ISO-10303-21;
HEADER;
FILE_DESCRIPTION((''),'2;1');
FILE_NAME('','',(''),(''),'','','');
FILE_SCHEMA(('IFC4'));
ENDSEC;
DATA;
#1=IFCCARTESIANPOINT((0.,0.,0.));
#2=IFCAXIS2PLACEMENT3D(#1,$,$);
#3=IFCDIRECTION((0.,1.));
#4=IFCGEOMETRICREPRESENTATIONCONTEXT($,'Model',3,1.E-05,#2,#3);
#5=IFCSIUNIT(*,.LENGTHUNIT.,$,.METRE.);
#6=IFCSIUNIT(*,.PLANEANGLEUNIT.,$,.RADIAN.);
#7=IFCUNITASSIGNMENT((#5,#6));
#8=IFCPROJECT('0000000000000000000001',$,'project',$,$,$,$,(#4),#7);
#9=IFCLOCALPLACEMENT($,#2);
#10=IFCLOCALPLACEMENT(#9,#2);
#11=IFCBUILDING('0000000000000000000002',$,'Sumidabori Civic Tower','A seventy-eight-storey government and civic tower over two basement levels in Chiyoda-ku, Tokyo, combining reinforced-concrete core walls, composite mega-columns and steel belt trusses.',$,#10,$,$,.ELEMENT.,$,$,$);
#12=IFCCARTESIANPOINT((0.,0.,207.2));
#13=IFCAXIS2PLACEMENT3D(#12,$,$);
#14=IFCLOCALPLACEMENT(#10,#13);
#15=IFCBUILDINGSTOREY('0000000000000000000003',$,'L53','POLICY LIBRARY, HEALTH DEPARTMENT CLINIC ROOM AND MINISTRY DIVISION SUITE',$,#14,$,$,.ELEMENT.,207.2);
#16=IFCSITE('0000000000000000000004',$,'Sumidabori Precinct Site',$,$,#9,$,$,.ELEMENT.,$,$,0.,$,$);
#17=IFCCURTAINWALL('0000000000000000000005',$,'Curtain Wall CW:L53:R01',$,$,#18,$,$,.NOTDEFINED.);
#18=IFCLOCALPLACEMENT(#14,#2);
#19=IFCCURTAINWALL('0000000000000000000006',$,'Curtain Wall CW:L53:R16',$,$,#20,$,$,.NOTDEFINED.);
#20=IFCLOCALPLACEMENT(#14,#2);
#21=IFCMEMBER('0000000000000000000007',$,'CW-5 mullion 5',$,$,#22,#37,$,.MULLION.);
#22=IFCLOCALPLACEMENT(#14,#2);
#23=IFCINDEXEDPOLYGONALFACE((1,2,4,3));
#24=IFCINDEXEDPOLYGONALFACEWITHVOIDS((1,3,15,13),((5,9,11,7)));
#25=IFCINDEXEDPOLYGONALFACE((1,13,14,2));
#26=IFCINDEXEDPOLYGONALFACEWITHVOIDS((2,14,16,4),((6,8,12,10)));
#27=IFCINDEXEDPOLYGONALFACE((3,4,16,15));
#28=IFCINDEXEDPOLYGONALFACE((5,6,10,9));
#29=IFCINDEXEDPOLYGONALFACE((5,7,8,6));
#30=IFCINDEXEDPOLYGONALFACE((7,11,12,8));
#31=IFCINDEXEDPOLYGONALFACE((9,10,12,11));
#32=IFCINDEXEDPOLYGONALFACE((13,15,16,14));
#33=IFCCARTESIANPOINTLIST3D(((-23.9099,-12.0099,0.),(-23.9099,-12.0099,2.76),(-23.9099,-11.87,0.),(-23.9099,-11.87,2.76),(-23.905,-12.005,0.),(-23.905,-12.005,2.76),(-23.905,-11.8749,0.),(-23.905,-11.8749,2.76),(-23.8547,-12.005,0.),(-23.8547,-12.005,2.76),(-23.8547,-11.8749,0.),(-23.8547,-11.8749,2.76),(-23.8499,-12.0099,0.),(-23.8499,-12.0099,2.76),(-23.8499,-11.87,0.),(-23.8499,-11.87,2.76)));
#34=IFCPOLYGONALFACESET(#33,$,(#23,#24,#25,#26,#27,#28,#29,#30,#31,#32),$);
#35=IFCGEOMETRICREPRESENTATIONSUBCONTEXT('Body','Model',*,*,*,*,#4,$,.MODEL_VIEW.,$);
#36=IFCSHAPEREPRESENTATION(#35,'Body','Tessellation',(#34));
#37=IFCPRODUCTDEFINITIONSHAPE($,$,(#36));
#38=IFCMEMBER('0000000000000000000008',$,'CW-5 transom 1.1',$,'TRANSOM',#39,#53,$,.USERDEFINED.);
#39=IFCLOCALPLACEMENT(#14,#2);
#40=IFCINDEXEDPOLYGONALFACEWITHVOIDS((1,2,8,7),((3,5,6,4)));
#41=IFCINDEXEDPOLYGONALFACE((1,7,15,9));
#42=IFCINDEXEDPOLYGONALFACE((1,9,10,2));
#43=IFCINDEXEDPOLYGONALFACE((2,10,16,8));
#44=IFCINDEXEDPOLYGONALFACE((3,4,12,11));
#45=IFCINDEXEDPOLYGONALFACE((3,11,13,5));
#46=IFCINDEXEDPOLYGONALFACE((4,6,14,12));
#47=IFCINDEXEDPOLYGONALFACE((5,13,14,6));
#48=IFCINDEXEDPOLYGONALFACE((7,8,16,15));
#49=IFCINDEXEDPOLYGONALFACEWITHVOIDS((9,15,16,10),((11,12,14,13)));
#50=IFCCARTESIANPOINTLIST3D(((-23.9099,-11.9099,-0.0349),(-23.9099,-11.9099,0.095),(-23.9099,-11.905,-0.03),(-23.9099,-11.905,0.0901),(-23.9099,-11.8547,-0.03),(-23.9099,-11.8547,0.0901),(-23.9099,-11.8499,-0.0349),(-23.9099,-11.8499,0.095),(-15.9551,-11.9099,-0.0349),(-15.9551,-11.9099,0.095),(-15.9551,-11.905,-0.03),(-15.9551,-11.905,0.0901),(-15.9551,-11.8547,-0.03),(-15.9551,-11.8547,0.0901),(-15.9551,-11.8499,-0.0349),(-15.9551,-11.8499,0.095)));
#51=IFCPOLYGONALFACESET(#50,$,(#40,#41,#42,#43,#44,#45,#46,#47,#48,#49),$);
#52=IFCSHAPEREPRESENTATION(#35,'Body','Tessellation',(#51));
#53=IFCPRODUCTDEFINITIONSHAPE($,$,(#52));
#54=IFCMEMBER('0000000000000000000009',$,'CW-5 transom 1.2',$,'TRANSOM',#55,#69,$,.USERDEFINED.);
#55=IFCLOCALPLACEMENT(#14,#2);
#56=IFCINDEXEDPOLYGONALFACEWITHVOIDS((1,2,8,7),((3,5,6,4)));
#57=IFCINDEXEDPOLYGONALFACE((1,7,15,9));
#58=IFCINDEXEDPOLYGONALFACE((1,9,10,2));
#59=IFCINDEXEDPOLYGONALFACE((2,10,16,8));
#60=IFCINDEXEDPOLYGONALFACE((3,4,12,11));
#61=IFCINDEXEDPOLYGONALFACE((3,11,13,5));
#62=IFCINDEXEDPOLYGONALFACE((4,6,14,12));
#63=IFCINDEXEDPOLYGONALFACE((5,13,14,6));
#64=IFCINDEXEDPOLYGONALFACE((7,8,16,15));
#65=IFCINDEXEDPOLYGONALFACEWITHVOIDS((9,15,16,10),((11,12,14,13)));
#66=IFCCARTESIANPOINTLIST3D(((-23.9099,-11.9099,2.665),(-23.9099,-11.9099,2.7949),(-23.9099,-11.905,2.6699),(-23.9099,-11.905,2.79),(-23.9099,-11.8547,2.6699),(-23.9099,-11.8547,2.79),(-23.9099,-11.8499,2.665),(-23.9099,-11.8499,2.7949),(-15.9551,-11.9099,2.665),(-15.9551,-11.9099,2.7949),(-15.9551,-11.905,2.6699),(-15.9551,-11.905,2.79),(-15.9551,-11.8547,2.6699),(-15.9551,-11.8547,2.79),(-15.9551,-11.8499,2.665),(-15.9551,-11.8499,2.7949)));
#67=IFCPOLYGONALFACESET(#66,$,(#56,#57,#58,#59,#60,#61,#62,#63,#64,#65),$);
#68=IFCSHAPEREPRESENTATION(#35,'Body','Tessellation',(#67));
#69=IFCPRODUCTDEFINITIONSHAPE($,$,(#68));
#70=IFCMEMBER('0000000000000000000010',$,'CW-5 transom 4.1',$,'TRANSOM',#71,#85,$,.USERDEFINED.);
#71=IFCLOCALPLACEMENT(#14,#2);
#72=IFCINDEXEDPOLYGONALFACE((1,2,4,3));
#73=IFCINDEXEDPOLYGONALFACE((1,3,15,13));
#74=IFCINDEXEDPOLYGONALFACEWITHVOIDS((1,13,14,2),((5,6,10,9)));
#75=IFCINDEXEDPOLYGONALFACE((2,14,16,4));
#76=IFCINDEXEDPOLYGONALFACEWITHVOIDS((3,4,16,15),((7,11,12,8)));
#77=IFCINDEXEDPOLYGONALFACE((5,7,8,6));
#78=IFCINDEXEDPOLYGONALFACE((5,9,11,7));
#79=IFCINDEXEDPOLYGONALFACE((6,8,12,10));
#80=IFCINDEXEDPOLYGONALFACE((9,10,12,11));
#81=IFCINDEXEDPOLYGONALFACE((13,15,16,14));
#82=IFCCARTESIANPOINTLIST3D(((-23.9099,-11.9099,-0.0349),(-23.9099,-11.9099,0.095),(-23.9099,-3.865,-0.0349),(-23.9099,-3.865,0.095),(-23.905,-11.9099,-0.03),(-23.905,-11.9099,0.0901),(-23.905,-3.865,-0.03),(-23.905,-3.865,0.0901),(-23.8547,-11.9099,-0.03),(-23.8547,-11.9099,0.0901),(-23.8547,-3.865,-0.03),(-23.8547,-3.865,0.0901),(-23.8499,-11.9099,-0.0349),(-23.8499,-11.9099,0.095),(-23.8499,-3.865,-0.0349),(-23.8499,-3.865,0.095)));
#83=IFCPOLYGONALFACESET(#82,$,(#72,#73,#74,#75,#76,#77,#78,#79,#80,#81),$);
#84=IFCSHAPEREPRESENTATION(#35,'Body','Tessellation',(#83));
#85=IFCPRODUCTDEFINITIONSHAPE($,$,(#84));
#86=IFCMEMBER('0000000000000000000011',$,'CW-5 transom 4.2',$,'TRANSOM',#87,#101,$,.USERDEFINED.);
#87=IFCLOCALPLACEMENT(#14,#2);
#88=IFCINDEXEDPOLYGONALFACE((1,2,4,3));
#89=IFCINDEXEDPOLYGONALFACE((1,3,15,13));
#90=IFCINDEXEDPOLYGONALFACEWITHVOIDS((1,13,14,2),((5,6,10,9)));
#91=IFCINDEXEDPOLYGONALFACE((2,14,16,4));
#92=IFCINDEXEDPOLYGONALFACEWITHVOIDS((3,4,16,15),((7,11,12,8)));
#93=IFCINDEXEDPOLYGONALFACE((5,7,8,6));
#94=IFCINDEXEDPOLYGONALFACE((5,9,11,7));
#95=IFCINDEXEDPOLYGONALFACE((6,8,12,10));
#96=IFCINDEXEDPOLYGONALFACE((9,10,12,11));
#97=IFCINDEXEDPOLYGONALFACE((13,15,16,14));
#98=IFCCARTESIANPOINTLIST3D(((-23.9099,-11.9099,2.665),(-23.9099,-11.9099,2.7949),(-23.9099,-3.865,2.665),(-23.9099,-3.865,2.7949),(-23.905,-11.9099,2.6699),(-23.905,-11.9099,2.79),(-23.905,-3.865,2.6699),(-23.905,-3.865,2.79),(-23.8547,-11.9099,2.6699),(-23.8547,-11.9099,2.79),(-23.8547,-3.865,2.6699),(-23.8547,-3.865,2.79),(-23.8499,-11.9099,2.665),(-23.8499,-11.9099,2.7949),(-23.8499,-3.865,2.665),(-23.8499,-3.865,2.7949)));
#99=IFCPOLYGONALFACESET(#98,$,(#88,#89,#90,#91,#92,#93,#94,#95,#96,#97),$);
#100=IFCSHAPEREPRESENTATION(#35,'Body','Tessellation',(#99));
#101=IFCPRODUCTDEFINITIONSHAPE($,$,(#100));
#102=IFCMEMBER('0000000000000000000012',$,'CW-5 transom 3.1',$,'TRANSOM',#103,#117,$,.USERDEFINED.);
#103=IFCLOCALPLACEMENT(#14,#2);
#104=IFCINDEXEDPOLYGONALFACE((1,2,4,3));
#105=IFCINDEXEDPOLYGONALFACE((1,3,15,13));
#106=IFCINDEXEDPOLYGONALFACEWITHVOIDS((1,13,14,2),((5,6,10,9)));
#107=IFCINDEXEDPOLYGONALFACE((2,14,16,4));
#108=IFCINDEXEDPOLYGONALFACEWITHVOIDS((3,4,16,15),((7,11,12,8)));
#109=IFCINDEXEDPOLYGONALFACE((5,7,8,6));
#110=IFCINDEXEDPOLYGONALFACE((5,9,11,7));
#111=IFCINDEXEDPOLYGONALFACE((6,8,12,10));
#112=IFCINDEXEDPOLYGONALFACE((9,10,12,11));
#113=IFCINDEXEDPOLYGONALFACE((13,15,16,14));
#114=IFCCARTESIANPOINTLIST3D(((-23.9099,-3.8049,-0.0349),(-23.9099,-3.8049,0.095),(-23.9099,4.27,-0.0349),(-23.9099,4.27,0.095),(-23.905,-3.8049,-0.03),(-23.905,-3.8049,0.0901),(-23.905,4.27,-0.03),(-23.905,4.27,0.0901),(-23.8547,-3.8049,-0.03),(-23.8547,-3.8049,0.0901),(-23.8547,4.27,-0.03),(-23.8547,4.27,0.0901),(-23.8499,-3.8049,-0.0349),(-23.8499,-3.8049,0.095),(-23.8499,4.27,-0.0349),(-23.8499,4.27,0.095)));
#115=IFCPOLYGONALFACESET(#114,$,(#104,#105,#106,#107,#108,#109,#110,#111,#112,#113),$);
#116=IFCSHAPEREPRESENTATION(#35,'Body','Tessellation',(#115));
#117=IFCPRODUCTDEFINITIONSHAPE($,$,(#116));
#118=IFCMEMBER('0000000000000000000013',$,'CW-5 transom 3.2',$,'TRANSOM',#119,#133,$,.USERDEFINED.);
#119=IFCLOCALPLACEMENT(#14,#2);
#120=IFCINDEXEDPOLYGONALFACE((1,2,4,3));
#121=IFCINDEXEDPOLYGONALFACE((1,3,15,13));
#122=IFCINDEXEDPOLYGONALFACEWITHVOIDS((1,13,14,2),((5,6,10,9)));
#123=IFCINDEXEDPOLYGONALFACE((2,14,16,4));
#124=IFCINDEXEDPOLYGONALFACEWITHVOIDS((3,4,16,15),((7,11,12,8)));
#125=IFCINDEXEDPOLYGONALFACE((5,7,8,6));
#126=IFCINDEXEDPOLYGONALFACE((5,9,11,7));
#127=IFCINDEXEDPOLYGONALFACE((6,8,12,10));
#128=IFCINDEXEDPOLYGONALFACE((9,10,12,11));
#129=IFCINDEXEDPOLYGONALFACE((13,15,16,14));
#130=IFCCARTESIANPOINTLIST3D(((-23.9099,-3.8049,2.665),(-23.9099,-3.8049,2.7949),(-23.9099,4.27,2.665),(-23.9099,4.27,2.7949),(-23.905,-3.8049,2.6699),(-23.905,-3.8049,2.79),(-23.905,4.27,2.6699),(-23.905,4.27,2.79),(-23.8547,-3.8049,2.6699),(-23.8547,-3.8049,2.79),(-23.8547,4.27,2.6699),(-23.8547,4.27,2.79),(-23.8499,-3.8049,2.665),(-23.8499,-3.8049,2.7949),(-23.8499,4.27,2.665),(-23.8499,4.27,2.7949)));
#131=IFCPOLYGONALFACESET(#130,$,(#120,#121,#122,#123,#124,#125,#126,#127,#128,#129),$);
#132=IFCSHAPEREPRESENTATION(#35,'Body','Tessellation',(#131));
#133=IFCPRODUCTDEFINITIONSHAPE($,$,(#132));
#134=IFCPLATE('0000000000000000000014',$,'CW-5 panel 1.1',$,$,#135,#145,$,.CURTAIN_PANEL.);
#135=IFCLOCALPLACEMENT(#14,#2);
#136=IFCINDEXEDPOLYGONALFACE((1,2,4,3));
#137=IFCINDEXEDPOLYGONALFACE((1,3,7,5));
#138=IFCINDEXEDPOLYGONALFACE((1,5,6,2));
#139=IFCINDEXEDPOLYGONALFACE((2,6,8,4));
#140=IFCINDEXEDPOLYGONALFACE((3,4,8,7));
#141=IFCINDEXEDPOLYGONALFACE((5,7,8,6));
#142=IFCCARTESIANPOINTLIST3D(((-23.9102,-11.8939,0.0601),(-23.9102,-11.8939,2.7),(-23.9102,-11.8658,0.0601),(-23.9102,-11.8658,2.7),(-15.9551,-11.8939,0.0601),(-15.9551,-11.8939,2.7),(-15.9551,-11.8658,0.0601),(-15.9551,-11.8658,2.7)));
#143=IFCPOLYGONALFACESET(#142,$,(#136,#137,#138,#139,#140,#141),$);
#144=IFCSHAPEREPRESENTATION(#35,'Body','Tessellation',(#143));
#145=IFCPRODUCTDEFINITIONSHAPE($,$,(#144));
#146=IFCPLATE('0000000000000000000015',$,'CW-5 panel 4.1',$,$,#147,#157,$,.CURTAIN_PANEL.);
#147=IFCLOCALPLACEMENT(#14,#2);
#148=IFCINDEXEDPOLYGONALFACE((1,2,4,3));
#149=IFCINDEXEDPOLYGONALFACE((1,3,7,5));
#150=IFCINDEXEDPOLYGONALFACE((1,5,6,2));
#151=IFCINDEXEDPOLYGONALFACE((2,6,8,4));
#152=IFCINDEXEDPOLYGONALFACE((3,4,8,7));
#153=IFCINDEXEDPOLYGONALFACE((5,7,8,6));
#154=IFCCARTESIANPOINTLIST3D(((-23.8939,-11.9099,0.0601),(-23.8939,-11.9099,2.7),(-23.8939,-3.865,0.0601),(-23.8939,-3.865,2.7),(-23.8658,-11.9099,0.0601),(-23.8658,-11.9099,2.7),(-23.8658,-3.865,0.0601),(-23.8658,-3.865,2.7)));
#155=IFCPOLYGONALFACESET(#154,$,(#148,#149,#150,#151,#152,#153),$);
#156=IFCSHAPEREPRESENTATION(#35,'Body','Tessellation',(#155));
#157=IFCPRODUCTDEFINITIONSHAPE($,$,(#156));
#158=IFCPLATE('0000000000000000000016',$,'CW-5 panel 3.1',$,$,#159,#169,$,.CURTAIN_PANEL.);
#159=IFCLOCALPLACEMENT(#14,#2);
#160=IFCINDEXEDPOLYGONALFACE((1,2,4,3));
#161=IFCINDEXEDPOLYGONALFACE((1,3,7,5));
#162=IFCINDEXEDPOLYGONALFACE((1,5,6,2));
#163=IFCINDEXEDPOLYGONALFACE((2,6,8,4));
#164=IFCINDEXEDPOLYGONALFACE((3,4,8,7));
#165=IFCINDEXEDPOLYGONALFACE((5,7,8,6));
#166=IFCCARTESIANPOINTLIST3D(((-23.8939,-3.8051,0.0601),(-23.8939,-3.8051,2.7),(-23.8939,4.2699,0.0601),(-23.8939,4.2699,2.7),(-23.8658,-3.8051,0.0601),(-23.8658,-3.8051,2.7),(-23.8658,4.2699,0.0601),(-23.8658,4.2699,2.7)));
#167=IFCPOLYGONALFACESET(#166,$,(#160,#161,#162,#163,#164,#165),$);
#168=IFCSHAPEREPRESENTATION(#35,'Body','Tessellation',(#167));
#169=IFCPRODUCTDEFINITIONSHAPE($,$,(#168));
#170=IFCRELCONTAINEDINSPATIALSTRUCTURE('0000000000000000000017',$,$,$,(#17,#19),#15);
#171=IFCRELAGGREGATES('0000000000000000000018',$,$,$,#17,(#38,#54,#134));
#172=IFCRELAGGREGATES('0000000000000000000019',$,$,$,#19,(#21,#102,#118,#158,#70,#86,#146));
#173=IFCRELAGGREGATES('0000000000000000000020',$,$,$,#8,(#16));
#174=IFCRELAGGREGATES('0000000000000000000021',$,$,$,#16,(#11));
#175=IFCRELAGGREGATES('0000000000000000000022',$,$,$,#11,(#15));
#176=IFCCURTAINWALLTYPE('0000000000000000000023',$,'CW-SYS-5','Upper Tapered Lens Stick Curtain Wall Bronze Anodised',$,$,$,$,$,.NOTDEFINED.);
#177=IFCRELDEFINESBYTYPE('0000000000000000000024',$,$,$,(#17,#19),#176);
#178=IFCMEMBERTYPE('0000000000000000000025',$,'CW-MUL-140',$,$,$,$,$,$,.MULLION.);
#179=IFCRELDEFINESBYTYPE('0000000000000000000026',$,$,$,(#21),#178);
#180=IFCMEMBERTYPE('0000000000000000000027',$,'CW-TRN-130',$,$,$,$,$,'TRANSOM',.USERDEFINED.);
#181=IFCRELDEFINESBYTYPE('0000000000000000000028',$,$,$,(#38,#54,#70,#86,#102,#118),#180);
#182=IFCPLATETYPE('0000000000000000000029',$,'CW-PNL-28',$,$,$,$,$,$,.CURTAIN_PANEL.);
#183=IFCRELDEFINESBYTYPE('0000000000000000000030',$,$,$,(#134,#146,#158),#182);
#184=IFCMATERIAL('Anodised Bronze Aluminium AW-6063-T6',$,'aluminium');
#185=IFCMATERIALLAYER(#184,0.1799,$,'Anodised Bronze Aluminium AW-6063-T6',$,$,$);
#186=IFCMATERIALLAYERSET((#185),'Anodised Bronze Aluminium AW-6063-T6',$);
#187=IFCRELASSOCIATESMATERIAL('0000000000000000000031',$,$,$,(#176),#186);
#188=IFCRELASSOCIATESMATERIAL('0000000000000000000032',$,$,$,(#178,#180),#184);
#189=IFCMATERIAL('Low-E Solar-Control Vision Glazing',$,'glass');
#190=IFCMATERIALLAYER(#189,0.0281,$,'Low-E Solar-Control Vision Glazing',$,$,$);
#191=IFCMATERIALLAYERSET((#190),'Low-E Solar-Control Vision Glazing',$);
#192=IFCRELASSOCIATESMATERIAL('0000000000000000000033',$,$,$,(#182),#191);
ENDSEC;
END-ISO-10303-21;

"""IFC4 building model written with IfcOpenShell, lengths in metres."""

from ifc_helpers import new_model, si_unit, direction, frame, origin, origin_2d, place, context, subcontext, project, spatial, rectangle, hollow_rectangle, extrude, source, transform, mapped, material, layer, layer_set, material_profile, profile_set, type_object, element, aggregate, save


model = new_model("IFC4")

# Units and contexts
model_context = context("Model", 3, precision=1e-05, world=origin(), true_north=direction((0.0, 1.0)))
body_context = subcontext(model_context, "Body", "Model", "MODEL_VIEW")
ifc_project = project(units=[si_unit("LENGTHUNIT", "METRE"), si_unit("PLANEANGLEUNIT", "RADIAN")], contexts=[model_context])

# Site, building, storey
site_placement = place(None, origin())
site = spatial("IfcSite", under=ifc_project, at=site_placement, Name="Sumidabori Precinct Site", CompositionType="ELEMENT", RefElevation=0.0)
building_placement = place(site_placement, origin())
building = spatial("IfcBuilding", under=site, at=building_placement, Name="Sumidabori Civic Tower", Description="A seventy-eight-storey government and civic tower over two basement levels in Chiyoda-ku, Tokyo, combining reinforced-concrete core walls, composite mega-columns and steel belt trusses.", CompositionType="ELEMENT")
storey_placement = place(building_placement, frame((0.0, 0.0, 207.2)))
storey = spatial("IfcBuildingStorey", under=building, at=storey_placement, Name="L53", Description="POLICY LIBRARY, HEALTH DEPARTMENT CLINIC ROOM AND MINISTRY DIVISION SUITE", CompositionType="ELEMENT", Elevation=207.2)

# Curtain wall
ifc_material_1 = material(Name="Anodised Bronze Aluminium AW-6063-T6", Category="aluminium")
ifc_layer_1 = layer(ifc_material_1, 0.1799, Name="Anodised Bronze Aluminium AW-6063-T6")
ifc_layer_set_1 = layer_set([ifc_layer_1], Name="Anodised Bronze Aluminium AW-6063-T6")
curtain_wall_type = type_object("IfcCurtainWallType", Name="CW-SYS-5", Description="Upper Tapered Lens Stick Curtain Wall Bronze Anodised", PredefinedType="NOTDEFINED", material=ifc_layer_set_1)
curtain_wall_1_placement = place(storey_placement, origin())
curtain_wall_1 = element("IfcCurtainWall", 1, at=curtain_wall_1_placement, inside=storey, type_object=curtain_wall_type, Name="Curtain Wall CW:L53:R01", PredefinedType="NOTDEFINED")
ifc_material_profile_1 = material_profile(ifc_material_1, hollow_rectangle(XDim=0.0601, YDim=0.1399, WallThickness=0.0049, at=origin_2d()), Name="ALU MULLION 140x60")
ifc_profile_set_1 = profile_set([ifc_material_profile_1], Name="Anodised Bronze Aluminium AW-6063-T6")
member_type_1 = type_object("IfcMemberType", Name="CW-MUL-140", PredefinedType="MULLION", material=ifc_profile_set_1)
shared_shape_1 = source(origin(), body_context, "Body", "SweptSolid", [
    extrude(hollow_rectangle(XDim=0.0601, YDim=0.1399, WallThickness=0.0049, at=origin_2d()), origin(), (0.0, 0.0, 1.0), 2.76),
])

# Curtain wall, member
curtain_wall_2_placement = place(storey_placement, origin())
curtain_wall_2 = element("IfcCurtainWall", 2, at=curtain_wall_2_placement, inside=storey, type_object=curtain_wall_type, Name="Curtain Wall CW:L53:R16", PredefinedType="NOTDEFINED")
member_1_placement = place(storey_placement, frame((-23.8799, -11.9399, 0.0), z_axis=(0.0, 0.0, 1.0), x_axis=(1.0, 0.0, 0.0)))
member_1 = element("IfcMember", 3, at=member_1_placement, type_object=member_type_1, Name="CW-5 mullion 5", PredefinedType="MULLION", context=body_context, shape_type="MappedRepresentation", body=[
    mapped(shared_shape_1, transform((0.0, 0.0, 0.0), x_axis=(1.0, 0.0, 0.0), y_axis=(0.0, 1.0, 0.0), z_axis=(0.0, 0.0, 1.0), scale=1.0)),
])

# Members
ifc_material_profile_2 = material_profile(ifc_material_1, hollow_rectangle(XDim=0.0601, YDim=0.1299, WallThickness=0.0049, at=origin_2d()), Name="ALU TRANSOM 130x60")
ifc_profile_set_2 = profile_set([ifc_material_profile_2], Name="Anodised Bronze Aluminium AW-6063-T6")
member_type_2 = type_object("IfcMemberType", Name="CW-TRN-130", ElementType="TRANSOM", PredefinedType="USERDEFINED", material=ifc_profile_set_2)
shared_shape_2 = source(origin(), body_context, "Body", "SweptSolid", [
    extrude(hollow_rectangle(XDim=0.0601, YDim=0.1299, WallThickness=0.0049, at=origin_2d()), origin(), (0.0, 0.0, 1.0), 7.9548),
])
member_2_placement = place(storey_placement, frame((-23.9099, -11.8799, 0.03), z_axis=(1.0, 0.0, 0.0), x_axis=(0.0, 1.0, 0.0)))
member_2 = element("IfcMember", 4, at=member_2_placement, type_object=member_type_2, Name="CW-5 transom 1.1", ObjectType="TRANSOM", PredefinedType="USERDEFINED", context=body_context, shape_type="MappedRepresentation", body=[
    mapped(shared_shape_2, transform((0.0, 0.0, 0.0), x_axis=(1.0, 0.0, 0.0), y_axis=(0.0, 1.0, 0.0), z_axis=(0.0, 0.0, 1.0), scale=1.0)),
])
member_3_placement = place(storey_placement, frame((-23.9099, -11.8799, 2.73), z_axis=(1.0, 0.0, 0.0), x_axis=(0.0, 1.0, 0.0)))
member_3 = element("IfcMember", 5, at=member_3_placement, type_object=member_type_2, Name="CW-5 transom 1.2", ObjectType="TRANSOM", PredefinedType="USERDEFINED", context=body_context, shape_type="MappedRepresentation", body=[
    mapped(shared_shape_2, transform((0.0, 0.0, 0.0), x_axis=(1.0, 0.0, 0.0), y_axis=(0.0, 1.0, 0.0), z_axis=(0.0, 0.0, 1.0), scale=1.0)),
])
shared_shape_3 = source(origin(), body_context, "Body", "SweptSolid", [
    extrude(hollow_rectangle(XDim=0.0601, YDim=0.1299, WallThickness=0.0049, at=origin_2d()), origin(), (0.0, 0.0, 1.0), 8.0449),
])
member_4_placement = place(storey_placement, frame((-23.8799, -3.865, 0.03), z_axis=(0.0, -1.0, 0.0), x_axis=(1.0, 0.0, 0.0)))
member_4 = element("IfcMember", 6, at=member_4_placement, type_object=member_type_2, Name="CW-5 transom 4.1", ObjectType="TRANSOM", PredefinedType="USERDEFINED", context=body_context, shape_type="MappedRepresentation", body=[
    mapped(shared_shape_3, transform((0.0, 0.0, 0.0), x_axis=(1.0, 0.0, 0.0), y_axis=(0.0, 1.0, 0.0), z_axis=(0.0, 0.0, 1.0), scale=1.0)),
])
member_5_placement = place(storey_placement, frame((-23.8799, -3.865, 2.73), z_axis=(0.0, -1.0, 0.0), x_axis=(1.0, 0.0, 0.0)))
member_5 = element("IfcMember", 7, at=member_5_placement, type_object=member_type_2, Name="CW-5 transom 4.2", ObjectType="TRANSOM", PredefinedType="USERDEFINED", context=body_context, shape_type="MappedRepresentation", body=[
    mapped(shared_shape_3, transform((0.0, 0.0, 0.0), x_axis=(1.0, 0.0, 0.0), y_axis=(0.0, 1.0, 0.0), z_axis=(0.0, 0.0, 1.0), scale=1.0)),
])
shared_shape_4 = source(origin(), body_context, "Body", "SweptSolid", [
    extrude(hollow_rectangle(XDim=0.0601, YDim=0.1299, WallThickness=0.0049, at=origin_2d()), origin(), (0.0, 0.0, 1.0), 8.075),
])
member_6_placement = place(storey_placement, frame((-23.8799, 4.27, 0.03), z_axis=(0.0, -1.0, 0.0), x_axis=(1.0, 0.0, 0.0)))
member_6 = element("IfcMember", 8, at=member_6_placement, type_object=member_type_2, Name="CW-5 transom 3.1", ObjectType="TRANSOM", PredefinedType="USERDEFINED", context=body_context, shape_type="MappedRepresentation", body=[
    mapped(shared_shape_4, transform((0.0, 0.0, 0.0), x_axis=(1.0, 0.0, 0.0), y_axis=(0.0, 1.0, 0.0), z_axis=(0.0, 0.0, 1.0), scale=1.0)),
])
member_7_placement = place(storey_placement, frame((-23.8799, 4.27, 2.73), z_axis=(0.0, -1.0, 0.0), x_axis=(1.0, 0.0, 0.0)))
member_7 = element("IfcMember", 9, at=member_7_placement, type_object=member_type_2, Name="CW-5 transom 3.2", ObjectType="TRANSOM", PredefinedType="USERDEFINED", context=body_context, shape_type="MappedRepresentation", body=[
    mapped(shared_shape_4, transform((0.0, 0.0, 0.0), x_axis=(1.0, 0.0, 0.0), y_axis=(0.0, 1.0, 0.0), z_axis=(0.0, 0.0, 1.0), scale=1.0)),
])

# Plates
ifc_material_2 = material(Name="Low-E Solar-Control Vision Glazing", Category="glass")
ifc_layer_2 = layer(ifc_material_2, 0.0281, Name="Low-E Solar-Control Vision Glazing")
ifc_layer_set_2 = layer_set([ifc_layer_2], Name="Low-E Solar-Control Vision Glazing")
plate_type = type_object("IfcPlateType", Name="CW-PNL-28", PredefinedType="CURTAIN_PANEL", material=ifc_layer_set_2)
shared_shape_5 = source(origin(), body_context, "Body", "SweptSolid", [
    extrude(rectangle(XDim=7.9551, YDim=0.0281, at=origin_2d()), origin(), (0.0, 0.0, 1.0), 2.6399),
])
plate_1_placement = place(storey_placement, frame((-19.9326, -11.8799, 0.0601), z_axis=(0.0, 0.0, 1.0), x_axis=(1.0, 0.0, 0.0)))
plate_1 = element("IfcPlate", 10, at=plate_1_placement, type_object=plate_type, Name="CW-5 panel 1.1", PredefinedType="CURTAIN_PANEL", context=body_context, shape_type="MappedRepresentation", body=[
    mapped(shared_shape_5, transform((0.0, 0.0, 0.0), x_axis=(1.0, 0.0, 0.0), y_axis=(0.0, 1.0, 0.0), z_axis=(0.0, 0.0, 1.0), scale=1.0)),
])
aggregate(curtain_wall_1, [member_2, member_3, plate_1])
shared_shape_6 = source(origin(), body_context, "Body", "SweptSolid", [
    extrude(rectangle(XDim=8.0449, YDim=0.0281, at=origin_2d()), origin(), (0.0, 0.0, 1.0), 2.6399),
])
plate_2_placement = place(storey_placement, frame((-23.8799, -7.8875, 0.0601), z_axis=(0.0, 0.0, 1.0), x_axis=(0.0, -1.0, 0.0)))
plate_2 = element("IfcPlate", 11, at=plate_2_placement, type_object=plate_type, Name="CW-5 panel 4.1", PredefinedType="CURTAIN_PANEL", context=body_context, shape_type="MappedRepresentation", body=[
    mapped(shared_shape_6, transform((0.0, 0.0, 0.0), x_axis=(1.0, 0.0, 0.0), y_axis=(0.0, 1.0, 0.0), z_axis=(0.0, 0.0, 1.0), scale=1.0)),
])
shared_shape_7 = source(origin(), body_context, "Body", "SweptSolid", [
    extrude(rectangle(XDim=8.075, YDim=0.0281, at=origin_2d()), origin(), (0.0, 0.0, 1.0), 2.6399),
])
plate_3_placement = place(storey_placement, frame((-23.8799, 0.2324, 0.0601), z_axis=(0.0, 0.0, 1.0), x_axis=(0.0, -1.0, 0.0)))
plate_3 = element("IfcPlate", 12, at=plate_3_placement, type_object=plate_type, Name="CW-5 panel 3.1", PredefinedType="CURTAIN_PANEL", context=body_context, shape_type="MappedRepresentation", body=[
    mapped(shared_shape_7, transform((0.0, 0.0, 0.0), x_axis=(1.0, 0.0, 0.0), y_axis=(0.0, 1.0, 0.0), z_axis=(0.0, 0.0, 1.0), scale=1.0)),
])
aggregate(curtain_wall_2, [member_1, member_6, member_7, plate_3, member_4, member_5, plate_2])

save(model, "model.ifc")
